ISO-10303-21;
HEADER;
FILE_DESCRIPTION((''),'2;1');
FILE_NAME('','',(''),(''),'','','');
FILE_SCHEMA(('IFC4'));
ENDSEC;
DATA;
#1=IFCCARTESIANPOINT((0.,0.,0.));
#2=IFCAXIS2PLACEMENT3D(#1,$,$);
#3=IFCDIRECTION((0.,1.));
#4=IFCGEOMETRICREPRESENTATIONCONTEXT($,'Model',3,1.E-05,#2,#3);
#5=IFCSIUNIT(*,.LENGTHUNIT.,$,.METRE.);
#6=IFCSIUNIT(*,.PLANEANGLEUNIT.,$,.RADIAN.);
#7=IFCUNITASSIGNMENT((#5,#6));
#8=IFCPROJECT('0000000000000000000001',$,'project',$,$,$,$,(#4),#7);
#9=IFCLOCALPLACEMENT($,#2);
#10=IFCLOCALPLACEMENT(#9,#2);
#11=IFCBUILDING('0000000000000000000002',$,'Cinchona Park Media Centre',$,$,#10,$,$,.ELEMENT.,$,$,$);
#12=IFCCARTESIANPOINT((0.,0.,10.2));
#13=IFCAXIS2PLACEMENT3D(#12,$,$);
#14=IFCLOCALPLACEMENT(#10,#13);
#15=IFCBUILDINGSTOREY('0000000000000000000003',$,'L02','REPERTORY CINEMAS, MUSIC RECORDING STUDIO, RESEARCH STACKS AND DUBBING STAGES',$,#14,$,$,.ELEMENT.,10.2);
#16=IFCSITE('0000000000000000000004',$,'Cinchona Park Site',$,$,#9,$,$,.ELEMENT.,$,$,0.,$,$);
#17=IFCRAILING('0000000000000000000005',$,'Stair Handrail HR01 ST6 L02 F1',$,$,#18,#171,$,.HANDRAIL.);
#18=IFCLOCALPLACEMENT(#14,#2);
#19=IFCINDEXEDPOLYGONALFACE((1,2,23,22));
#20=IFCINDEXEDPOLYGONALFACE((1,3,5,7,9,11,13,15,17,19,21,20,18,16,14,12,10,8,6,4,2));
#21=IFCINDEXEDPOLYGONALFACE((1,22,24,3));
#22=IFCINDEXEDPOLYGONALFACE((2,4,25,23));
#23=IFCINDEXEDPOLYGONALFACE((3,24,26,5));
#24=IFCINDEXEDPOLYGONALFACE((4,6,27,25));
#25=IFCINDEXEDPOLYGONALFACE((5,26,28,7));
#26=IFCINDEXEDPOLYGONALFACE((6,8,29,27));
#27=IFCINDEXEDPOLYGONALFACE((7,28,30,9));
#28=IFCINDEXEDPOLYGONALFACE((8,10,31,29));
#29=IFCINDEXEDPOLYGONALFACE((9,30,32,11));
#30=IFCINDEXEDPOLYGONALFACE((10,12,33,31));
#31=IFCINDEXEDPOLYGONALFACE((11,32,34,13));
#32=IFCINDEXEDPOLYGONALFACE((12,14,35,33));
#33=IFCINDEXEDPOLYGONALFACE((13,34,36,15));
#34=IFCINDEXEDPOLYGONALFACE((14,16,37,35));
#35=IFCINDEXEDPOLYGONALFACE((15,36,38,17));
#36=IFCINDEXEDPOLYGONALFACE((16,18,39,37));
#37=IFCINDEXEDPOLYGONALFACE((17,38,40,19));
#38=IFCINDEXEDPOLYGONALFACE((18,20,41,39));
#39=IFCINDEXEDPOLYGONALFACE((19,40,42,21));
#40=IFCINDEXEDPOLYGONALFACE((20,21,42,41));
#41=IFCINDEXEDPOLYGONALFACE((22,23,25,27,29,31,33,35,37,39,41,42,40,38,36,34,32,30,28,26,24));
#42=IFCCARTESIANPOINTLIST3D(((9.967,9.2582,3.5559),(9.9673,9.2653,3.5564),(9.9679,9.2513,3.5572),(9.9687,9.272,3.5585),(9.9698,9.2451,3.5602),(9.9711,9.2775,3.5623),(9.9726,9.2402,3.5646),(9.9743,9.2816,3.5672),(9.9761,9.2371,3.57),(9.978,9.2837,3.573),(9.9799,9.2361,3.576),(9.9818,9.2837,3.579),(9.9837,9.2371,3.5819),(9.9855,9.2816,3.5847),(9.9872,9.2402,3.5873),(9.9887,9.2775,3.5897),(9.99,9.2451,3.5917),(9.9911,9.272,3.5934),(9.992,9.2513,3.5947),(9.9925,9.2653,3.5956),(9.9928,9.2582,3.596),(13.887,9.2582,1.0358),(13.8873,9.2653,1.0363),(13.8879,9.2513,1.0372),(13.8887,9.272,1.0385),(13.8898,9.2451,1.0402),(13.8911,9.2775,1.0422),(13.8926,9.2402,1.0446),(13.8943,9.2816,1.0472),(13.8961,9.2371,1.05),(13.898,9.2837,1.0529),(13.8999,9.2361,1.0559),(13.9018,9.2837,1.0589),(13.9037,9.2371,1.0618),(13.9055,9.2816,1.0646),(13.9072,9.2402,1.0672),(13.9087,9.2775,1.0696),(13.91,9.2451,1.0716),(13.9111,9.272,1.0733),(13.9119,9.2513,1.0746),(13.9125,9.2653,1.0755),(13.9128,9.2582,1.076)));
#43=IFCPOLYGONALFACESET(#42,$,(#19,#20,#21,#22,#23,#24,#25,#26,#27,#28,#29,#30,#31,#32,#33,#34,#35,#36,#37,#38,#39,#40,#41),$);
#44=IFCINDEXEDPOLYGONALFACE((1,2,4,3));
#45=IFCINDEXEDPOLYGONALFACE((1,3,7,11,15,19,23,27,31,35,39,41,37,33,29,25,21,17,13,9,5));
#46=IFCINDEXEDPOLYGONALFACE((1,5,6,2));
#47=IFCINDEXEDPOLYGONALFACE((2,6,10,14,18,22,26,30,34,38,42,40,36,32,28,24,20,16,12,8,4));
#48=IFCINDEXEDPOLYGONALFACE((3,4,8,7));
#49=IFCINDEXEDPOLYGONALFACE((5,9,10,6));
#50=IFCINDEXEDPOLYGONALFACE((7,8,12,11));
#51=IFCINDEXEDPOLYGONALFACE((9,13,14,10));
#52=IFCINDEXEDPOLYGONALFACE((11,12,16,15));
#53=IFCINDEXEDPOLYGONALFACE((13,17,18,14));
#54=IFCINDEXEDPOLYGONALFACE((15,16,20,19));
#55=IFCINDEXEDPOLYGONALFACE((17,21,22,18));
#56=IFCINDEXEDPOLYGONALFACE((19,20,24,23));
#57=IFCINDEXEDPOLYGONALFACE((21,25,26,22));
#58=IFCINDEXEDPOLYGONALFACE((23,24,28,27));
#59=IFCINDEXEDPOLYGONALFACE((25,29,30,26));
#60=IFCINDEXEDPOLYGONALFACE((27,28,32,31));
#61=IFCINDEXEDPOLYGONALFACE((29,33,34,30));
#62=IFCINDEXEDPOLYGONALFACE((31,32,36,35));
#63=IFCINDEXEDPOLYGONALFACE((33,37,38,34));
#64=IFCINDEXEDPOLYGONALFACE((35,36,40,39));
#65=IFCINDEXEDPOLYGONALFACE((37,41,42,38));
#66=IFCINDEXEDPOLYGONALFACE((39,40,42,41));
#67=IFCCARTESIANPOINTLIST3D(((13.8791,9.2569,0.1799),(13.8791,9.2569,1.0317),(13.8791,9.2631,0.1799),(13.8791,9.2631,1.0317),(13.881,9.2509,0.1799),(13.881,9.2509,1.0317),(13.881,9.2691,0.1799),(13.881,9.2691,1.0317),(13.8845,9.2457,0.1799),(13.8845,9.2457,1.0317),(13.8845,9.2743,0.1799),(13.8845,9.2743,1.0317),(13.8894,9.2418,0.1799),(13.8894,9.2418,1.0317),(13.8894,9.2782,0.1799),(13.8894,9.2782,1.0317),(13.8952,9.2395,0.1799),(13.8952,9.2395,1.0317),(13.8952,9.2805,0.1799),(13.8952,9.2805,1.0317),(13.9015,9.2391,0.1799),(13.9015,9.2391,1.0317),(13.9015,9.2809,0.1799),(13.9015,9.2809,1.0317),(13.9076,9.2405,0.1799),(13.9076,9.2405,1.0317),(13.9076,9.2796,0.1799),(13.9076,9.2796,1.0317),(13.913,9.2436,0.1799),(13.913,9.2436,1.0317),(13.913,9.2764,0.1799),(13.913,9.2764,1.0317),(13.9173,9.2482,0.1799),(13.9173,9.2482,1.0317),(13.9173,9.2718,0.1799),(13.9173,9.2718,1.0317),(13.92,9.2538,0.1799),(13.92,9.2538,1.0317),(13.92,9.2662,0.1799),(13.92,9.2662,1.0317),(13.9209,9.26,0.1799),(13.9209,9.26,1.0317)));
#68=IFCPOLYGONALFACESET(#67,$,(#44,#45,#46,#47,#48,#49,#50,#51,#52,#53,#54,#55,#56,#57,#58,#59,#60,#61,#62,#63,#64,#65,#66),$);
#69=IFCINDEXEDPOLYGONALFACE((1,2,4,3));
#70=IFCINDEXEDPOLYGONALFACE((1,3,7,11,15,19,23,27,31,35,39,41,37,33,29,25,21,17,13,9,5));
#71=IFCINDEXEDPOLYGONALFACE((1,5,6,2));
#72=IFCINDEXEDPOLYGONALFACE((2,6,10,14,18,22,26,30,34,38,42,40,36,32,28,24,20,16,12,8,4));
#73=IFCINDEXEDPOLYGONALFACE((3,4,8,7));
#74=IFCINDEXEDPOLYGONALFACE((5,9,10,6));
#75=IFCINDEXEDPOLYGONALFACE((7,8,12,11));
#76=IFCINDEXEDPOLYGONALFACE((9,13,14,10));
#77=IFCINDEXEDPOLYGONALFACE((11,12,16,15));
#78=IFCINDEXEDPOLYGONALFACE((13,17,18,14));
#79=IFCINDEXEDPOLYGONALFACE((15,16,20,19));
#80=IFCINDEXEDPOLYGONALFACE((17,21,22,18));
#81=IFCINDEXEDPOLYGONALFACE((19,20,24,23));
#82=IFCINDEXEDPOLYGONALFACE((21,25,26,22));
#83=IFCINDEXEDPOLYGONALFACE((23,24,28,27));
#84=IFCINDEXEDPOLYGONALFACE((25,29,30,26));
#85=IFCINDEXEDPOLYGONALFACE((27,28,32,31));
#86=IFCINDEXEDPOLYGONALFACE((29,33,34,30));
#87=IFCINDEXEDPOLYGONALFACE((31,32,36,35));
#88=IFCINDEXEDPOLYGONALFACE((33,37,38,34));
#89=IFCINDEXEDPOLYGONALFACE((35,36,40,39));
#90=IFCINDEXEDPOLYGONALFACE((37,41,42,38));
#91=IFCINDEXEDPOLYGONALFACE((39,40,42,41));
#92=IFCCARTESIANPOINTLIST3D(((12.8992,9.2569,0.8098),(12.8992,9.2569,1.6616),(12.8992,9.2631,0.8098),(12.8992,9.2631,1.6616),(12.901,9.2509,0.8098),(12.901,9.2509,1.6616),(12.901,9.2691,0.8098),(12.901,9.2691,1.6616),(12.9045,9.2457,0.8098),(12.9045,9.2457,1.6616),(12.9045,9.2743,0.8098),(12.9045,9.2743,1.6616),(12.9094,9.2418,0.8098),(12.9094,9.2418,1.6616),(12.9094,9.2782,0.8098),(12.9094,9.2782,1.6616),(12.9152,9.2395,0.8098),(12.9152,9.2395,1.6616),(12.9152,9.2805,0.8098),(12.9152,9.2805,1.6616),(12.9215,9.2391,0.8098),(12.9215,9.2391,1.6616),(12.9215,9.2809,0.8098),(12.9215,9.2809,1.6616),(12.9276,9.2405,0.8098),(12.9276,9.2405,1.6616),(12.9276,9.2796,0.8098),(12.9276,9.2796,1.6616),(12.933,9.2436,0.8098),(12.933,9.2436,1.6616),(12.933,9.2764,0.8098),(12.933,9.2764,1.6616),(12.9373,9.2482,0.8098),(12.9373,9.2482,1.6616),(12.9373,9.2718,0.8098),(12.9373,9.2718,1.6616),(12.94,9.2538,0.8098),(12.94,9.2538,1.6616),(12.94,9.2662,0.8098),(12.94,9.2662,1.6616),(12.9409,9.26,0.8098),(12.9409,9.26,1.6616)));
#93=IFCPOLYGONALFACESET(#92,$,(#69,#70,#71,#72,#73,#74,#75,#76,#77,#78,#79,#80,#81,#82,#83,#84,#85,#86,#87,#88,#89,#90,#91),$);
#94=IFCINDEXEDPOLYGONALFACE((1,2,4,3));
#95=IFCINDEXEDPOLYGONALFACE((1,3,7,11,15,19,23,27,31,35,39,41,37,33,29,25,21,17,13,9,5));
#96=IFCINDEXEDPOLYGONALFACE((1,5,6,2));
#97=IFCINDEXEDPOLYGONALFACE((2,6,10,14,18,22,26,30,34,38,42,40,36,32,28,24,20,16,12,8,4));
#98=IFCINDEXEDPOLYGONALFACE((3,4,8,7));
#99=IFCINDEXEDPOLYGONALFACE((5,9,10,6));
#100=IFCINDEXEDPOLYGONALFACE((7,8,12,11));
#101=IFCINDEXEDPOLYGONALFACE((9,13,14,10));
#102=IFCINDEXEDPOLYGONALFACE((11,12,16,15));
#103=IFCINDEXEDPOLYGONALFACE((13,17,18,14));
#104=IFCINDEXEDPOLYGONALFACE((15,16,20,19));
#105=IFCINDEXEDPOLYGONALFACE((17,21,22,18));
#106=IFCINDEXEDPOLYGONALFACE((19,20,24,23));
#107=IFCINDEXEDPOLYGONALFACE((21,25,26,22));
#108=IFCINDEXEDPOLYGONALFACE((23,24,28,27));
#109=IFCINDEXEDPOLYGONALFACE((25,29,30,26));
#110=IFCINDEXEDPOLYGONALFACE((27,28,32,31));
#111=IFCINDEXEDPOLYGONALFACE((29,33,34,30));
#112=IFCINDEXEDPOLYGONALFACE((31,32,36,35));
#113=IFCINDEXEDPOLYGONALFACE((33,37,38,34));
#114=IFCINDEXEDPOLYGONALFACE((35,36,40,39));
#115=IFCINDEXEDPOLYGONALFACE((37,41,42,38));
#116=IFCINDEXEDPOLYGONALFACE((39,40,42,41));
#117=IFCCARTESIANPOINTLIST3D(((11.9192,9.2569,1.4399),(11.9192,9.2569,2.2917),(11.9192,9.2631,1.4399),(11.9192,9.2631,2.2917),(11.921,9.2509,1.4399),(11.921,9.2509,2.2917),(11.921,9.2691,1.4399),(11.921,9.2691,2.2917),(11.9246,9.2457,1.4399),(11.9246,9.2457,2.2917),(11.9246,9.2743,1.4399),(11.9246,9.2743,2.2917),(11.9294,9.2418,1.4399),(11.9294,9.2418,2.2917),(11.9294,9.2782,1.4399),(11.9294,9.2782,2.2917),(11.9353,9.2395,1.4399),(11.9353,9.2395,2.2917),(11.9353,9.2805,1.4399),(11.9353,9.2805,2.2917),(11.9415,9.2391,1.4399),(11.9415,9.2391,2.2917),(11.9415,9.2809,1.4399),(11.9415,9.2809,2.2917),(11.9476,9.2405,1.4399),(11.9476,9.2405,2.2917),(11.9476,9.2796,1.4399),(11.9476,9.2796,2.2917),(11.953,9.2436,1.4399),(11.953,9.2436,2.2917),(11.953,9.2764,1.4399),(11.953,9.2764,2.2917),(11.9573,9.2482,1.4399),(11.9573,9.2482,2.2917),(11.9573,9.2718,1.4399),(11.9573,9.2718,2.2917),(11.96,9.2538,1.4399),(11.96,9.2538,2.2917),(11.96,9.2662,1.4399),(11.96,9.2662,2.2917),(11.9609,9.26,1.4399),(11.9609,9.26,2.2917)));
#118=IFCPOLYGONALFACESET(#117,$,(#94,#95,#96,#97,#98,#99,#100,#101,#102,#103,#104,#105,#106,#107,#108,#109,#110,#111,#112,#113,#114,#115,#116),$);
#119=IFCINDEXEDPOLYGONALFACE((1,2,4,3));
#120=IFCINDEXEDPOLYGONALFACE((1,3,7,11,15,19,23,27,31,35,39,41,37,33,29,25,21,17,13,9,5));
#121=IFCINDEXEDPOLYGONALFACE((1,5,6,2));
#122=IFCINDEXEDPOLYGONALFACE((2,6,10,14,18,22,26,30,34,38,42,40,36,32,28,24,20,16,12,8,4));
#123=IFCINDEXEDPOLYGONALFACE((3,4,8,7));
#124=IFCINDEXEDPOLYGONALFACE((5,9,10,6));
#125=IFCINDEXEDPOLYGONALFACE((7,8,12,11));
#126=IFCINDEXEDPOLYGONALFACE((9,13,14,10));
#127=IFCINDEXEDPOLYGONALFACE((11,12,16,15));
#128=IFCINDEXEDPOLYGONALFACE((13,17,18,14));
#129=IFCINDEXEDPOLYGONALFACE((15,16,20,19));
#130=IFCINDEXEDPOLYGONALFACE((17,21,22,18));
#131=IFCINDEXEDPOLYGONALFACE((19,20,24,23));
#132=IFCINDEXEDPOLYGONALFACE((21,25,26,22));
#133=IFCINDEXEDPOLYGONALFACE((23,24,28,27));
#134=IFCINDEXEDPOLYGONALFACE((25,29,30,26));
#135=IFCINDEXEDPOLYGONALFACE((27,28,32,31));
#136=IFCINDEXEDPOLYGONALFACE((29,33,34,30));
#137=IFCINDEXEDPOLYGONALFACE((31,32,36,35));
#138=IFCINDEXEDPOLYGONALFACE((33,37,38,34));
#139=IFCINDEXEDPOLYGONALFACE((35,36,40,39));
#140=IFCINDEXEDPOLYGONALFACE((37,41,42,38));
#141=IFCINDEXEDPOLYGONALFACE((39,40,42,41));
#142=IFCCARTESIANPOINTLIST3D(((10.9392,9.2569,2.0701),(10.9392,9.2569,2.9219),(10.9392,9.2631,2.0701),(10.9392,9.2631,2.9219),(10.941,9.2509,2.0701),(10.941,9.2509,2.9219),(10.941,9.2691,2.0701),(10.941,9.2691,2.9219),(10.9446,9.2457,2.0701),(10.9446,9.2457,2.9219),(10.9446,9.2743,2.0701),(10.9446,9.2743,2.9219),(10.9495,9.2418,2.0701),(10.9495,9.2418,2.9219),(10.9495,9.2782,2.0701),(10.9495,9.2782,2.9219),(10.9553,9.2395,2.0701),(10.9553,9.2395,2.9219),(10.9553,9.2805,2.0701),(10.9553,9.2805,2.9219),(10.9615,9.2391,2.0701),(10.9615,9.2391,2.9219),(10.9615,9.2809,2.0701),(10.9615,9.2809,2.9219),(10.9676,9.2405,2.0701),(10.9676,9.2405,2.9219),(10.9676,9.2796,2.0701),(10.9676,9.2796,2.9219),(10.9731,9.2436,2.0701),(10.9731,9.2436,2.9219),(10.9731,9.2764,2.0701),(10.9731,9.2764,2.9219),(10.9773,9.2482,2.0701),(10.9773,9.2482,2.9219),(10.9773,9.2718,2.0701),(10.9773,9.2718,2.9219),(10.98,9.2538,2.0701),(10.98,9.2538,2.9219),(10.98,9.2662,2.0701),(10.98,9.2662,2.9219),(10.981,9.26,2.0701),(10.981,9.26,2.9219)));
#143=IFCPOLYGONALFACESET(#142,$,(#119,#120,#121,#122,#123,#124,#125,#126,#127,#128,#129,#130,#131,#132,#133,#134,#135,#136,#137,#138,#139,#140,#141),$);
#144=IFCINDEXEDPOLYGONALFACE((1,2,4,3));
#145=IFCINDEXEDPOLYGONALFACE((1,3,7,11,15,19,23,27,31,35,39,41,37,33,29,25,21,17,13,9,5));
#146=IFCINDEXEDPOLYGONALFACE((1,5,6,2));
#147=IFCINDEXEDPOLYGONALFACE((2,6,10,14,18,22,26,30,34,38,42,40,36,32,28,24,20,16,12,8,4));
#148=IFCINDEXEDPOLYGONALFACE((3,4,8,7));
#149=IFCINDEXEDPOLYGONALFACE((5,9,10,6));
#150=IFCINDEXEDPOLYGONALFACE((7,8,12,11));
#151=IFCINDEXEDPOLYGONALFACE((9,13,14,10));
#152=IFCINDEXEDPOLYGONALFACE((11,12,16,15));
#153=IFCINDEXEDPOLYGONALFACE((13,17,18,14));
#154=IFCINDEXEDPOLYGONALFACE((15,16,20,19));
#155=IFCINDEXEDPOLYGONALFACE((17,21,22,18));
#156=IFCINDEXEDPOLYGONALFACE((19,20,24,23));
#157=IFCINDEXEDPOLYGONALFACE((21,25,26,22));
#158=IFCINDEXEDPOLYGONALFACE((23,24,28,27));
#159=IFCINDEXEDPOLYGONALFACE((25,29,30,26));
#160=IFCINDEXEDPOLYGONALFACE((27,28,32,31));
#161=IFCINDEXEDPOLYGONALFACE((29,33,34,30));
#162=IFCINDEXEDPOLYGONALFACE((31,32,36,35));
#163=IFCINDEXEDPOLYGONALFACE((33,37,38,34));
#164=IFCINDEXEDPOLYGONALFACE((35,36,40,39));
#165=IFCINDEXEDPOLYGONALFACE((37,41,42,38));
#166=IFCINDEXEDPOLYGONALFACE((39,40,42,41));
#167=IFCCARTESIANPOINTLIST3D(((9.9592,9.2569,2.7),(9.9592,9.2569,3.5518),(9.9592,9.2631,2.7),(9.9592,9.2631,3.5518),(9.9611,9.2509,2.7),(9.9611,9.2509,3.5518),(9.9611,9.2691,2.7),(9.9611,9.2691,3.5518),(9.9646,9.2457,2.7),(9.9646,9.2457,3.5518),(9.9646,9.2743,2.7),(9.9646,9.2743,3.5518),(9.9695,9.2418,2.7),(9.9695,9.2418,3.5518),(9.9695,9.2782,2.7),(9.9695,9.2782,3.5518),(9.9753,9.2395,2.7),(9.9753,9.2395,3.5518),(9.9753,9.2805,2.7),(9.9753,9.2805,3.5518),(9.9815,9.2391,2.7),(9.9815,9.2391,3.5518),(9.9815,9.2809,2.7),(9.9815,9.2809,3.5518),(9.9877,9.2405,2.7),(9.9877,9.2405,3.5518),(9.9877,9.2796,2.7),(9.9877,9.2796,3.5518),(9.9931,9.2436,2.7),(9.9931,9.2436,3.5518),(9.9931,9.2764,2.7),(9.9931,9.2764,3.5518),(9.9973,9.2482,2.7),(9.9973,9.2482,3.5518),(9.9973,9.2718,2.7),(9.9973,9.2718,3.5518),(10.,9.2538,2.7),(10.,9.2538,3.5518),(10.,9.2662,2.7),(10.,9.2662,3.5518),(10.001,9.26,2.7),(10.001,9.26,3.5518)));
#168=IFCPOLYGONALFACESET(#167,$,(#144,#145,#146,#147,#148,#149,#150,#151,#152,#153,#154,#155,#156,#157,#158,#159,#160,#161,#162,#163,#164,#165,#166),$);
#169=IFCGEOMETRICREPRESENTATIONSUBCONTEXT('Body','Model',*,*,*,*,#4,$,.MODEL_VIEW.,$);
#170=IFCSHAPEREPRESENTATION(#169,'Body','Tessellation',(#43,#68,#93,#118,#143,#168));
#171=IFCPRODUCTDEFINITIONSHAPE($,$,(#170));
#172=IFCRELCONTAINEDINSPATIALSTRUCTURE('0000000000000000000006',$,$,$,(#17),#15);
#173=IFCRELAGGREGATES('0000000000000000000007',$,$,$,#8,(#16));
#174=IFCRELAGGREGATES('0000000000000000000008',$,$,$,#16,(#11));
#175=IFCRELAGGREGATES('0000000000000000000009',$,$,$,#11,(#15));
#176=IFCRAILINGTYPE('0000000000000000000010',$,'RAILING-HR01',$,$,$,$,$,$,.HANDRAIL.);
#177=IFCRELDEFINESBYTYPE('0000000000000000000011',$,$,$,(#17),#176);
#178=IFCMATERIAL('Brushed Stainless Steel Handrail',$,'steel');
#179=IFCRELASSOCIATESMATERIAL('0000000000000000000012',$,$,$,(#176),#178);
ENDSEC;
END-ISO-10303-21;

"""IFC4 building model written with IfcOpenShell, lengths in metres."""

from ifc_helpers import new_model, si_unit, direction, frame, origin, origin_2d, place, context, subcontext, project, spatial, circle, extrude, material, type_object, element, save


model = new_model("IFC4")

# Units and contexts
model_context = context("Model", 3, precision=1e-05, world=origin(), true_north=direction((0.0, 1.0)))
body_context = subcontext(model_context, "Body", "Model", "MODEL_VIEW")
ifc_project = project(units=[si_unit("LENGTHUNIT", "METRE"), si_unit("PLANEANGLEUNIT", "RADIAN")], contexts=[model_context])

# Site, building, storey
site_placement = place(None, origin())
site = spatial("IfcSite", under=ifc_project, at=site_placement, Name="Cinchona Park Site", CompositionType="ELEMENT", RefElevation=0.0)
building_placement = place(site_placement, origin())
building = spatial("IfcBuilding", under=site, at=building_placement, Name="Cinchona Park Media Centre", CompositionType="ELEMENT")
storey_placement = place(building_placement, frame((0.0, 0.0, 10.2)))
storey = spatial("IfcBuildingStorey", under=building, at=storey_placement, Name="L02", Description="REPERTORY CINEMAS, MUSIC RECORDING STUDIO, RESEARCH STACKS AND DUBBING STAGES", CompositionType="ELEMENT", Elevation=10.2)

# Railing
ifc_material_1 = material(Name="Brushed Stainless Steel Handrail", Category="steel")
railing_type = type_object("IfcRailingType", Name="RAILING-HR01", PredefinedType="HANDRAIL", material=ifc_material_1)
railing_placement = place(storey_placement, frame((13.8999, 9.26, 0.1799)))
element("IfcRailing", 1, at=railing_placement, inside=storey, type_object=railing_type, Name="Stair Handrail HR01 ST6 L02 F1", PredefinedType="HANDRAIL", context=body_context, shape_type="SweptSolid", body=[
    extrude(circle(Radius=0.0239, at=origin_2d()), frame((0.0, 0.0, 0.876), z_axis=(-0.841172, 0.0, 0.540768), x_axis=(0.0, -1.0, 0.0)), (0.0, 0.0, 1.0), 4.6602),
    extrude(circle(Radius=0.021, at=origin_2d()), origin(), (0.0, 0.0, 1.0), 0.8518),
    extrude(circle(Radius=0.021, at=origin_2d()), frame((-0.98, 0.0, 0.6299)), (0.0, 0.0, 1.0), 0.8518),
    extrude(circle(Radius=0.021, at=origin_2d()), frame((-1.96, 0.0, 1.26)), (0.0, 0.0, 1.0), 0.8518),
    extrude(circle(Radius=0.021, at=origin_2d()), frame((-2.9399, 0.0, 1.8901)), (0.0, 0.0, 1.0), 0.8518),
    extrude(circle(Radius=0.021, at=origin_2d()), frame((-3.9199, 0.0, 2.52)), (0.0, 0.0, 1.0), 0.8518),
])

save(model, "model.ifc")
